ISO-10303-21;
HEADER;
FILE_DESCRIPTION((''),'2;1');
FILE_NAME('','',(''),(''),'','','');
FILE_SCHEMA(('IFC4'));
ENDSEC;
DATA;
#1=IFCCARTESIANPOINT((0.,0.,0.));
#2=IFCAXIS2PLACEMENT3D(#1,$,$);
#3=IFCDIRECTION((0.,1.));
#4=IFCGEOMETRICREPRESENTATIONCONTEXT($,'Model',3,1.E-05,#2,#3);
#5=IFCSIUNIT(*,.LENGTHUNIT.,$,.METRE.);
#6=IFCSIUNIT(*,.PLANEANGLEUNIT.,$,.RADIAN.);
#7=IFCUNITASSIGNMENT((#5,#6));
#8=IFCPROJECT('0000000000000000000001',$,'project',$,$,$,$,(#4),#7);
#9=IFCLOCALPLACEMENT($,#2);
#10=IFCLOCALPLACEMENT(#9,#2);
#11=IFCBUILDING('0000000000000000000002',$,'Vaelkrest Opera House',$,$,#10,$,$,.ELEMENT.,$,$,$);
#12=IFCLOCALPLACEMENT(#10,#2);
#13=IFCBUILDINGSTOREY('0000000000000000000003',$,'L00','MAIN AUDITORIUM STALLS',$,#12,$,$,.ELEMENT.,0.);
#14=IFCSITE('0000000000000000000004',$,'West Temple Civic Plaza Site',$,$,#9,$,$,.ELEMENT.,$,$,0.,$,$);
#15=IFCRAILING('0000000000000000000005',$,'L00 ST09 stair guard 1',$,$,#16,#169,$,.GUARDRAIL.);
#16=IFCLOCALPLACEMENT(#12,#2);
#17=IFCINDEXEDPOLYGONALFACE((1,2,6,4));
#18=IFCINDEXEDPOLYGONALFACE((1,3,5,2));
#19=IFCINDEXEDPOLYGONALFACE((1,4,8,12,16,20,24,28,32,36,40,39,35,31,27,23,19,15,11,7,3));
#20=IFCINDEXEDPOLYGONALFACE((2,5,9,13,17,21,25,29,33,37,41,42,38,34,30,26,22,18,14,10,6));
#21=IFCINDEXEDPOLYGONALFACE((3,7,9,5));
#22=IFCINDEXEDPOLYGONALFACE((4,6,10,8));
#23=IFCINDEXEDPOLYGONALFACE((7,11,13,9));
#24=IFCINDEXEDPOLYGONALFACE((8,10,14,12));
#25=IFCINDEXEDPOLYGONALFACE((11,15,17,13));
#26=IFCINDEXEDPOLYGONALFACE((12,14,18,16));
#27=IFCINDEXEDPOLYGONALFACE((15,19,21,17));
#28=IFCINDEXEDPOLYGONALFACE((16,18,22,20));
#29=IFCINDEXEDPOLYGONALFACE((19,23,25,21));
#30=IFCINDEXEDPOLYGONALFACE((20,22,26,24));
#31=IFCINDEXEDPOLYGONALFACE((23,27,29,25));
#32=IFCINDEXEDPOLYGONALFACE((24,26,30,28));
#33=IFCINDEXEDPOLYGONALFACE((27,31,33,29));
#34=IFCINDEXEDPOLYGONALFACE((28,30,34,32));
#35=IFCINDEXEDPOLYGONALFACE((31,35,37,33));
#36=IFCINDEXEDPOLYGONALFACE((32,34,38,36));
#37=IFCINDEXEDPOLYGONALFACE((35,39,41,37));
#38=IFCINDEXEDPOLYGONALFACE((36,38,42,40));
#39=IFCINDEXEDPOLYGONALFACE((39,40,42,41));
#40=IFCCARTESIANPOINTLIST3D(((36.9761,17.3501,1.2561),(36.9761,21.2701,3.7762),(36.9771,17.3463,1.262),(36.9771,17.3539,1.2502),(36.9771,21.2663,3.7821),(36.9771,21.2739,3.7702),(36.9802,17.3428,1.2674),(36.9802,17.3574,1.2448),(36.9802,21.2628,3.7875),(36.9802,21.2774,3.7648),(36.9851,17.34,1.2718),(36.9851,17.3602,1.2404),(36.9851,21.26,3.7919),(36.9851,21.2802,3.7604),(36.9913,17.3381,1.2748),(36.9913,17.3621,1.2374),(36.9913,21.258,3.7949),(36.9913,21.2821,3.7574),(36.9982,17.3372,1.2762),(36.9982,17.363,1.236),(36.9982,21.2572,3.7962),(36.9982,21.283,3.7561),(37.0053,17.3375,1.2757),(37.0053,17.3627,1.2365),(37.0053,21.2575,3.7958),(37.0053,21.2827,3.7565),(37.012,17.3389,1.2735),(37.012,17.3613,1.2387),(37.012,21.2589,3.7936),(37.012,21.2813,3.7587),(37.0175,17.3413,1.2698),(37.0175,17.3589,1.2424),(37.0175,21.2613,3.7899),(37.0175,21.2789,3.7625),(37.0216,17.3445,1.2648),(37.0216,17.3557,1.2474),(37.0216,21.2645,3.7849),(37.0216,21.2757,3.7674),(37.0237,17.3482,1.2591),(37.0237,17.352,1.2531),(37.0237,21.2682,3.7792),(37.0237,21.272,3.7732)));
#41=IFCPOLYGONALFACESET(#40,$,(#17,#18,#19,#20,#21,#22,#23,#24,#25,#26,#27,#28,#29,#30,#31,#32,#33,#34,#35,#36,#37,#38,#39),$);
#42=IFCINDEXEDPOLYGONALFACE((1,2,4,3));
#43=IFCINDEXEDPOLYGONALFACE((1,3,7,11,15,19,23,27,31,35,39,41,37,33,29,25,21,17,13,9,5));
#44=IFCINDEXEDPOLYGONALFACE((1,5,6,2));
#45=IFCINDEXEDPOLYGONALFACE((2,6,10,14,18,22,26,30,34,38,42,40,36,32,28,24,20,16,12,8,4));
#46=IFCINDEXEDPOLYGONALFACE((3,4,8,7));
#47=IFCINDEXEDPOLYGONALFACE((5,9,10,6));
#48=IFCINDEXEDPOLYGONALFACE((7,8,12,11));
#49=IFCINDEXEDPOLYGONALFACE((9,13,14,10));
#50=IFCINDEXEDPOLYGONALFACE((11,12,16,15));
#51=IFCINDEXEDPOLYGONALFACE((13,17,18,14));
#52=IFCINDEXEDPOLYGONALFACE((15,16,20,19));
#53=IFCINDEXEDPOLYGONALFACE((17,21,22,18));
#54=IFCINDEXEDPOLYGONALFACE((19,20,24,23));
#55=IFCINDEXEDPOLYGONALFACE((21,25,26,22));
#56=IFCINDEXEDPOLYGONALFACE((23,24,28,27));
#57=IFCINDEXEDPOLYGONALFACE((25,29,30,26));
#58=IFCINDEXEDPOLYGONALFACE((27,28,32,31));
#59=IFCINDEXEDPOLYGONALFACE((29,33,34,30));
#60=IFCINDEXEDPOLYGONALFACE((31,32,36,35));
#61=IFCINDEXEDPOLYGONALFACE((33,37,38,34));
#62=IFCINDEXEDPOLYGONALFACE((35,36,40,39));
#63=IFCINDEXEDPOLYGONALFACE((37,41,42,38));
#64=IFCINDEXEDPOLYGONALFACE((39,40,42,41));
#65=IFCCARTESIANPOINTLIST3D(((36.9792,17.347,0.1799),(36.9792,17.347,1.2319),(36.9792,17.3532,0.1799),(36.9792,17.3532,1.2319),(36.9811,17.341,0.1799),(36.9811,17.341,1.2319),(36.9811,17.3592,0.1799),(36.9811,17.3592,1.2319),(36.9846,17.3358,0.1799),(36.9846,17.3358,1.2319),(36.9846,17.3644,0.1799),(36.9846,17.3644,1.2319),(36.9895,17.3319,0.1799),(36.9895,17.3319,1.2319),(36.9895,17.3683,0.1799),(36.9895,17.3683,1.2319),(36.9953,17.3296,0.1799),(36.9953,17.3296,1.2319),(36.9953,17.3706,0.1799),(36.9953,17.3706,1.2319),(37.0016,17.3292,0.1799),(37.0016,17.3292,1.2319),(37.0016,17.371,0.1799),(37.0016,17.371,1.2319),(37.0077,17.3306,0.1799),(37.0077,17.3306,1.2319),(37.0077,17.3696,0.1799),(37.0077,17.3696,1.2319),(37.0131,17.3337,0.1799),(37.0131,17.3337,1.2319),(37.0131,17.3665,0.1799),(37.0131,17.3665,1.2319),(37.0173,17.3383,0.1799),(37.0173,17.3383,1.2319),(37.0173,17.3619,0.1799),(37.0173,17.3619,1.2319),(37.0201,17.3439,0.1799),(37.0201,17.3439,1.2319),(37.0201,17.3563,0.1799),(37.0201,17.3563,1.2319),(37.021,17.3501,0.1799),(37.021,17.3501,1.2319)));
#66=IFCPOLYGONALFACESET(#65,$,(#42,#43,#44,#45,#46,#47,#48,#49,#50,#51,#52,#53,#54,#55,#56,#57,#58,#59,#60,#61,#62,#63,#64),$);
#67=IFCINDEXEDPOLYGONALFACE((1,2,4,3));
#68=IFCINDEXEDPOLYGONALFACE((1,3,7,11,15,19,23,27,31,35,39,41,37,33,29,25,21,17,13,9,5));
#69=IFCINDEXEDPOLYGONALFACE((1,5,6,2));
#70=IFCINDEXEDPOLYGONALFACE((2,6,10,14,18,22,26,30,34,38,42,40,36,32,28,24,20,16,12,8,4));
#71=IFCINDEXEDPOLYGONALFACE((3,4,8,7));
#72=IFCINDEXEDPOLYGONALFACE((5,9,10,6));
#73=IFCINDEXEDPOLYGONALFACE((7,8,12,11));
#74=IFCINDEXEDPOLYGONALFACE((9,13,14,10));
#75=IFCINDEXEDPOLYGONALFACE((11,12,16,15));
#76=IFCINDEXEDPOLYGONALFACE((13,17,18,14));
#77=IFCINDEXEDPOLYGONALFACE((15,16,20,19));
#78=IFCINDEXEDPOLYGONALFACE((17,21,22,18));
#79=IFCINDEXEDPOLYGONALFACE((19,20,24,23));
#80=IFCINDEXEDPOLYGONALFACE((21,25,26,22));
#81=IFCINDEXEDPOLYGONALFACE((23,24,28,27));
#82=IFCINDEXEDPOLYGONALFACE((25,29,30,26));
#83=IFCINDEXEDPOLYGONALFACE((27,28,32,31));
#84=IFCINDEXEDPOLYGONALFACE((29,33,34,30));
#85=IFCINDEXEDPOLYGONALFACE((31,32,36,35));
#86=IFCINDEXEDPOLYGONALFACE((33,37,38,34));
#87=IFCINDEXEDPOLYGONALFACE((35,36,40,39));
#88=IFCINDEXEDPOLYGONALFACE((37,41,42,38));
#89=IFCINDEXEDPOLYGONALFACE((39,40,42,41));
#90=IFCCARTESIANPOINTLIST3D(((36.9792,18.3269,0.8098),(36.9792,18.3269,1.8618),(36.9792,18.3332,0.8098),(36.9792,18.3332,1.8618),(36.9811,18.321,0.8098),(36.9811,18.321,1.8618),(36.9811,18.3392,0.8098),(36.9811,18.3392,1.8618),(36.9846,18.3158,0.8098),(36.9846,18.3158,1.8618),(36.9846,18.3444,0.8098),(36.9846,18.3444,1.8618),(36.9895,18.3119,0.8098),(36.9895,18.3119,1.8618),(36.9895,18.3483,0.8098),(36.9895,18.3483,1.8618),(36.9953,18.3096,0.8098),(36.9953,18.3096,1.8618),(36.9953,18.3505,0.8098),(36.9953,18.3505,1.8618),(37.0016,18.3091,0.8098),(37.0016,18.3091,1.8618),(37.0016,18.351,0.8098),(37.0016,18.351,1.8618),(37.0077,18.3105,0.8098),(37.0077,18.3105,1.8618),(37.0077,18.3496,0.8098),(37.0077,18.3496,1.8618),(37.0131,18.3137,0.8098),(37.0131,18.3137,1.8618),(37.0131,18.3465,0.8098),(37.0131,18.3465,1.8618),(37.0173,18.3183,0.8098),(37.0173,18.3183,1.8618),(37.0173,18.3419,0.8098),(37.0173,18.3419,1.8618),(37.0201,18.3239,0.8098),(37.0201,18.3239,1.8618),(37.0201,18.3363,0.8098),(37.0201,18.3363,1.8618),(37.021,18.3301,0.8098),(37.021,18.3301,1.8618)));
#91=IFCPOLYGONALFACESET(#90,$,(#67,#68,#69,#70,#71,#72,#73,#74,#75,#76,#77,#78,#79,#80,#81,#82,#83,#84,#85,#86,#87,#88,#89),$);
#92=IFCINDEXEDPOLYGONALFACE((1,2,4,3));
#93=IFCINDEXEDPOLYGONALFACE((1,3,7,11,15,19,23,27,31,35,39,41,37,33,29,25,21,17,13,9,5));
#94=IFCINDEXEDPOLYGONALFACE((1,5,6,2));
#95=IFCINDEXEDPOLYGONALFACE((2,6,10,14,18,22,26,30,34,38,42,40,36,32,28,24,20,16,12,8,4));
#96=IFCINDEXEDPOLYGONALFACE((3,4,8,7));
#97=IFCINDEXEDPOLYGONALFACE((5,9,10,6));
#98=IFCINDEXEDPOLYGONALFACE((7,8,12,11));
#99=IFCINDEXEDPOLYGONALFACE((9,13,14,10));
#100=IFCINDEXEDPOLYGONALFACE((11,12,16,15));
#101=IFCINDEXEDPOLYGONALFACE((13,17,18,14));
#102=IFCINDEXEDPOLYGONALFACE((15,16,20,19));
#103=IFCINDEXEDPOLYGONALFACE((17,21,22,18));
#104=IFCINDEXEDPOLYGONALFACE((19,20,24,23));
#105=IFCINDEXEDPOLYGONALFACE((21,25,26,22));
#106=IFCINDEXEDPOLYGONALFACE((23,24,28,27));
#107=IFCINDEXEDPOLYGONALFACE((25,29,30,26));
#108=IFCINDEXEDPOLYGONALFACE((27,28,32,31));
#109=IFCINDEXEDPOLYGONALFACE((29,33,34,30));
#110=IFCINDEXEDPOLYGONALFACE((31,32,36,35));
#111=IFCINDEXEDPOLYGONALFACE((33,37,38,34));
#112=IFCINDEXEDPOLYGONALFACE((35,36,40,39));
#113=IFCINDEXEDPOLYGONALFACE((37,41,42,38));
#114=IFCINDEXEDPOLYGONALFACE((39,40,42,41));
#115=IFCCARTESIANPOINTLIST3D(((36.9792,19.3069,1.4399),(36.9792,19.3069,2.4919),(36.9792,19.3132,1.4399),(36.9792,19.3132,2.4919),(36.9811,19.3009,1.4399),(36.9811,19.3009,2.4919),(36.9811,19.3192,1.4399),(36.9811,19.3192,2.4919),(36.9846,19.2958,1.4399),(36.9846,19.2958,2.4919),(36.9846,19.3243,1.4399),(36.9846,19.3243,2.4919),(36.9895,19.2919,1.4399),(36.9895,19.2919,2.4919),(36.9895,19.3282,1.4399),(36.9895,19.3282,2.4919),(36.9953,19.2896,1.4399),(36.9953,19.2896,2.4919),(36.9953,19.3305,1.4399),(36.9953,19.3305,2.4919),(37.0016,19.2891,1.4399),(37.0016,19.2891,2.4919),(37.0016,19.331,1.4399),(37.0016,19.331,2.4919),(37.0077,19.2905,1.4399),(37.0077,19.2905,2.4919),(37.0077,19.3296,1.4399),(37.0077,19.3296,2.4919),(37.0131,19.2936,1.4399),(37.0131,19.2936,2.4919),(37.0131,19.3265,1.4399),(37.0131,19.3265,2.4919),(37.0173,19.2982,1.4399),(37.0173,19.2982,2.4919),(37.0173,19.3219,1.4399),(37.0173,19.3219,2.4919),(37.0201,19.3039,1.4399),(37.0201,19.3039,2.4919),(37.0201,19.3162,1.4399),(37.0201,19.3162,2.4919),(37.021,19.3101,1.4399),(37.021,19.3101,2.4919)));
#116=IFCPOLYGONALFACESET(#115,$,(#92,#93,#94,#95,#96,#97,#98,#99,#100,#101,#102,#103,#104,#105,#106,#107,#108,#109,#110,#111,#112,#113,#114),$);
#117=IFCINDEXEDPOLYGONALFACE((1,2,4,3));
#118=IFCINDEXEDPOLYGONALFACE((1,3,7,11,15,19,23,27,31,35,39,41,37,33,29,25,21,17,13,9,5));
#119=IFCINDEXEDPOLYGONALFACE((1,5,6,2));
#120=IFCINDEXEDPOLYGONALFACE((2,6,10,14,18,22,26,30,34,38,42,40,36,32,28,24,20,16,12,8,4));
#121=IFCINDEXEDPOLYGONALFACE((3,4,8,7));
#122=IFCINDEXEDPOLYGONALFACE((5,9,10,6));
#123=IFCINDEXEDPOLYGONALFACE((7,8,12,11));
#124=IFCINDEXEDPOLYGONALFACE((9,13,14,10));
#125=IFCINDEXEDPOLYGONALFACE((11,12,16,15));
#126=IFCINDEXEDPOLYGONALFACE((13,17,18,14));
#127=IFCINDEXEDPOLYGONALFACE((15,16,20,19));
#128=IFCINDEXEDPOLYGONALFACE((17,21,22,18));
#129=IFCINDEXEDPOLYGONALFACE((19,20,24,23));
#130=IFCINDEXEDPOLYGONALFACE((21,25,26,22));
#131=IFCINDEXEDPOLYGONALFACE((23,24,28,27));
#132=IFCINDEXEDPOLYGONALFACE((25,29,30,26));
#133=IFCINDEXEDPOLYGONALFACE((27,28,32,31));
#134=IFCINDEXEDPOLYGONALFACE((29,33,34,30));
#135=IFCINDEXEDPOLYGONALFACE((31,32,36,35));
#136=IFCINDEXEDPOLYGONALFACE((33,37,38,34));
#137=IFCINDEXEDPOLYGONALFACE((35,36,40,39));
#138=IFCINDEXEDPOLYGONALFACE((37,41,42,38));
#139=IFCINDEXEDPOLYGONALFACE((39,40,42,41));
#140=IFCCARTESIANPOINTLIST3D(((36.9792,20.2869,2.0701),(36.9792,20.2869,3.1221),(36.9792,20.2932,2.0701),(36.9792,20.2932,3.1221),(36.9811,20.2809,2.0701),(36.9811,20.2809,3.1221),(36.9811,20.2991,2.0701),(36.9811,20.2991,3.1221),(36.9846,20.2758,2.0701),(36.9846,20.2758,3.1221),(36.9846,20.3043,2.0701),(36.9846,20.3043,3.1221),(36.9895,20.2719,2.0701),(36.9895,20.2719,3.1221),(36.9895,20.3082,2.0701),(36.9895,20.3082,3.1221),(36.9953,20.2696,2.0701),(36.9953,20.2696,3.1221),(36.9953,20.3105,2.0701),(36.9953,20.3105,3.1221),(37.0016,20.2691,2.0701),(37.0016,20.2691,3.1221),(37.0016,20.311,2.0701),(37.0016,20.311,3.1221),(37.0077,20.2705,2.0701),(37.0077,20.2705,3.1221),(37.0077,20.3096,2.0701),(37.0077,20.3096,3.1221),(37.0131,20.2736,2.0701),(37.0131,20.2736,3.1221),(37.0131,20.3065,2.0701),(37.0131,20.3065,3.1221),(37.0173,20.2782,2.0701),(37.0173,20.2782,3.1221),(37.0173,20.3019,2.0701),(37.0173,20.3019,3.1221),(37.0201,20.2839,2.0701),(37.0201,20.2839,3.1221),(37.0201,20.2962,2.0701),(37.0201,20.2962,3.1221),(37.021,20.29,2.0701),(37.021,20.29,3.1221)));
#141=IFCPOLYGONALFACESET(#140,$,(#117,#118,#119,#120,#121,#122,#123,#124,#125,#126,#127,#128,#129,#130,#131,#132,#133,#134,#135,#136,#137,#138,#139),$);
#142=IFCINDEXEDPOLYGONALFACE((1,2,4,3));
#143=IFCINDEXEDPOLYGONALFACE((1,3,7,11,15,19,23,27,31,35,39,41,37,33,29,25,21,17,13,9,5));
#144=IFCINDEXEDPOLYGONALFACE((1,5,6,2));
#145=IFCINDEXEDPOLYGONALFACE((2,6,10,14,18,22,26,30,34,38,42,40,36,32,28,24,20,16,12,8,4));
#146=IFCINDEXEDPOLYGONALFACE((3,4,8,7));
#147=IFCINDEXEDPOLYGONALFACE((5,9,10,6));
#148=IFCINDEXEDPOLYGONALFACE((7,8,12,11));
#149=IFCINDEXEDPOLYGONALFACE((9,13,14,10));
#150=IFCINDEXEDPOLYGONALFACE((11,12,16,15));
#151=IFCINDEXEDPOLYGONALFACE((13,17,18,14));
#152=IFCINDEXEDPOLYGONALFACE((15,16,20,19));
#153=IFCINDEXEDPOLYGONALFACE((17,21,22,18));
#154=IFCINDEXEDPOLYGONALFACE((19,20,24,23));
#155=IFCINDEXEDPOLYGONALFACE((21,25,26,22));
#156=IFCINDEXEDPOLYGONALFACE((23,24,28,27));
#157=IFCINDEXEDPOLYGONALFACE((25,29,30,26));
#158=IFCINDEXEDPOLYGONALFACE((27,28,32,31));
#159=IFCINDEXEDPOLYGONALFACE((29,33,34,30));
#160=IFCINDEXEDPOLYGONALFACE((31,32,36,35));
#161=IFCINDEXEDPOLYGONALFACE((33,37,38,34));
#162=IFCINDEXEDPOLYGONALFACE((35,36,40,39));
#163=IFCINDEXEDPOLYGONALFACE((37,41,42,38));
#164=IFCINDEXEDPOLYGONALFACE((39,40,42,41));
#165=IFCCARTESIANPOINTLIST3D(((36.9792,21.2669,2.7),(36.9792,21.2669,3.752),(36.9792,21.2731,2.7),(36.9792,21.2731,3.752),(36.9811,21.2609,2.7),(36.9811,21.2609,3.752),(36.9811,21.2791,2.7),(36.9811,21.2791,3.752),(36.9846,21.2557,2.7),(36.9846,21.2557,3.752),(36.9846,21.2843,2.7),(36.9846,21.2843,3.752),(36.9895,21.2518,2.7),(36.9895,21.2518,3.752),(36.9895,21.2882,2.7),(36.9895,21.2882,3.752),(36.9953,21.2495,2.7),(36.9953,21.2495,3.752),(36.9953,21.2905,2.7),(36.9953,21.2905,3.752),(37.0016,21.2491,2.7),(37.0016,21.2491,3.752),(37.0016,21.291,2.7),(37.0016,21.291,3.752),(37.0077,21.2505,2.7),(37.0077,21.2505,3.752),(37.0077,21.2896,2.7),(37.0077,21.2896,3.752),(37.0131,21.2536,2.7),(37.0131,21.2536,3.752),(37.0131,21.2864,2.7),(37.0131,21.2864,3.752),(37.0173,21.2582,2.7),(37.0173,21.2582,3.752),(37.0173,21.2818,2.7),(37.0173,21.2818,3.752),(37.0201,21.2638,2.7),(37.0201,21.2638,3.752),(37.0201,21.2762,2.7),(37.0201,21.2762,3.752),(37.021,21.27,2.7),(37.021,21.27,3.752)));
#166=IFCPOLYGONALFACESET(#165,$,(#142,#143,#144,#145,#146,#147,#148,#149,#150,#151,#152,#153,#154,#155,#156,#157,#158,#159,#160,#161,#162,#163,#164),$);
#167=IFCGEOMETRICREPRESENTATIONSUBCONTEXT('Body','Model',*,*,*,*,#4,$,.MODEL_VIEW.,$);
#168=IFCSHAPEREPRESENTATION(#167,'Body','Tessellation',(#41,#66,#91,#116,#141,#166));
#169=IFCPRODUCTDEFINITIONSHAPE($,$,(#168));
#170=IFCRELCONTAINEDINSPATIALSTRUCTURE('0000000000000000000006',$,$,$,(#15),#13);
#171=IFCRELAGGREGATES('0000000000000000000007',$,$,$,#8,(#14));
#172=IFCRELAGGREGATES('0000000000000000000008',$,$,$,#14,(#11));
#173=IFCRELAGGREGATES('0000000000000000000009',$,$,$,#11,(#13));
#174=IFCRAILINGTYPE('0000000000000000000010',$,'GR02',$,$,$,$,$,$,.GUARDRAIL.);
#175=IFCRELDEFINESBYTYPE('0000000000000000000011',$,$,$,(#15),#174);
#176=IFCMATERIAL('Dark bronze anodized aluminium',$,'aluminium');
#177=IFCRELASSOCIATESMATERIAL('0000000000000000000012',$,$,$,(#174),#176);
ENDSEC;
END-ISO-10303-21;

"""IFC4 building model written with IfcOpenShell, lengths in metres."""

from ifc_helpers import new_model, si_unit, direction, frame, origin, origin_2d, place, context, subcontext, project, spatial, circle, extrude, material, type_object, element, save


model = new_model("IFC4")

# Units and contexts
model_context = context("Model", 3, precision=1e-05, world=origin(), true_north=direction((0.0, 1.0)))
body_context = subcontext(model_context, "Body", "Model", "MODEL_VIEW")
ifc_project = project(units=[si_unit("LENGTHUNIT", "METRE"), si_unit("PLANEANGLEUNIT", "RADIAN")], contexts=[model_context])

# Site, building, storey
site_placement = place(None, origin())
site = spatial("IfcSite", under=ifc_project, at=site_placement, Name="West Temple Civic Plaza Site", CompositionType="ELEMENT", RefElevation=0.0)
building_placement = place(site_placement, origin())
building = spatial("IfcBuilding", under=site, at=building_placement, Name="Vaelkrest Opera House", CompositionType="ELEMENT")
storey_placement = place(building_placement, origin())
storey = spatial("IfcBuildingStorey", under=building, at=storey_placement, Name="L00", Description="MAIN AUDITORIUM STALLS", CompositionType="ELEMENT", Elevation=0.0)

# Shared definitions
ifc_material_1 = material(Name="Dark bronze anodized aluminium", Category="aluminium")

# Railing
railing_type_1 = type_object("IfcRailingType", Name="GR02", PredefinedType="GUARDRAIL", material=ifc_material_1)
railing_1_placement = place(storey_placement, frame((37.0, 17.3501, 0.1799)))
element("IfcRailing", 1, at=railing_1_placement, inside=storey, type_object=railing_type_1, Name="L00 ST09 stair guard 1", PredefinedType="GUARDRAIL", context=body_context, shape_type="SweptSolid", body=[
    extrude(circle(Radius=0.0239, at=origin_2d()), frame((0.0, 0.0, 1.0762), z_axis=(0.0, 0.841172, 0.540768), x_axis=(-1.0, 0.0, 0.0)), (0.0, 0.0, 1.0), 4.6602),
    extrude(circle(Radius=0.021, at=origin_2d()), origin(), (0.0, 0.0, 1.0), 1.052),
    extrude(circle(Radius=0.021, at=origin_2d()), frame((0.0, 0.98, 0.6299)), (0.0, 0.0, 1.0), 1.052),
    extrude(circle(Radius=0.021, at=origin_2d()), frame((0.0, 1.96, 1.26)), (0.0, 0.0, 1.0), 1.052),
    extrude(circle(Radius=0.021, at=origin_2d()), frame((0.0, 2.9399, 1.8901)), (0.0, 0.0, 1.0), 1.052),
    extrude(circle(Radius=0.021, at=origin_2d()), frame((0.0, 3.9199, 2.52)), (0.0, 0.0, 1.0), 1.052),
])

save(model, "model.ifc")
